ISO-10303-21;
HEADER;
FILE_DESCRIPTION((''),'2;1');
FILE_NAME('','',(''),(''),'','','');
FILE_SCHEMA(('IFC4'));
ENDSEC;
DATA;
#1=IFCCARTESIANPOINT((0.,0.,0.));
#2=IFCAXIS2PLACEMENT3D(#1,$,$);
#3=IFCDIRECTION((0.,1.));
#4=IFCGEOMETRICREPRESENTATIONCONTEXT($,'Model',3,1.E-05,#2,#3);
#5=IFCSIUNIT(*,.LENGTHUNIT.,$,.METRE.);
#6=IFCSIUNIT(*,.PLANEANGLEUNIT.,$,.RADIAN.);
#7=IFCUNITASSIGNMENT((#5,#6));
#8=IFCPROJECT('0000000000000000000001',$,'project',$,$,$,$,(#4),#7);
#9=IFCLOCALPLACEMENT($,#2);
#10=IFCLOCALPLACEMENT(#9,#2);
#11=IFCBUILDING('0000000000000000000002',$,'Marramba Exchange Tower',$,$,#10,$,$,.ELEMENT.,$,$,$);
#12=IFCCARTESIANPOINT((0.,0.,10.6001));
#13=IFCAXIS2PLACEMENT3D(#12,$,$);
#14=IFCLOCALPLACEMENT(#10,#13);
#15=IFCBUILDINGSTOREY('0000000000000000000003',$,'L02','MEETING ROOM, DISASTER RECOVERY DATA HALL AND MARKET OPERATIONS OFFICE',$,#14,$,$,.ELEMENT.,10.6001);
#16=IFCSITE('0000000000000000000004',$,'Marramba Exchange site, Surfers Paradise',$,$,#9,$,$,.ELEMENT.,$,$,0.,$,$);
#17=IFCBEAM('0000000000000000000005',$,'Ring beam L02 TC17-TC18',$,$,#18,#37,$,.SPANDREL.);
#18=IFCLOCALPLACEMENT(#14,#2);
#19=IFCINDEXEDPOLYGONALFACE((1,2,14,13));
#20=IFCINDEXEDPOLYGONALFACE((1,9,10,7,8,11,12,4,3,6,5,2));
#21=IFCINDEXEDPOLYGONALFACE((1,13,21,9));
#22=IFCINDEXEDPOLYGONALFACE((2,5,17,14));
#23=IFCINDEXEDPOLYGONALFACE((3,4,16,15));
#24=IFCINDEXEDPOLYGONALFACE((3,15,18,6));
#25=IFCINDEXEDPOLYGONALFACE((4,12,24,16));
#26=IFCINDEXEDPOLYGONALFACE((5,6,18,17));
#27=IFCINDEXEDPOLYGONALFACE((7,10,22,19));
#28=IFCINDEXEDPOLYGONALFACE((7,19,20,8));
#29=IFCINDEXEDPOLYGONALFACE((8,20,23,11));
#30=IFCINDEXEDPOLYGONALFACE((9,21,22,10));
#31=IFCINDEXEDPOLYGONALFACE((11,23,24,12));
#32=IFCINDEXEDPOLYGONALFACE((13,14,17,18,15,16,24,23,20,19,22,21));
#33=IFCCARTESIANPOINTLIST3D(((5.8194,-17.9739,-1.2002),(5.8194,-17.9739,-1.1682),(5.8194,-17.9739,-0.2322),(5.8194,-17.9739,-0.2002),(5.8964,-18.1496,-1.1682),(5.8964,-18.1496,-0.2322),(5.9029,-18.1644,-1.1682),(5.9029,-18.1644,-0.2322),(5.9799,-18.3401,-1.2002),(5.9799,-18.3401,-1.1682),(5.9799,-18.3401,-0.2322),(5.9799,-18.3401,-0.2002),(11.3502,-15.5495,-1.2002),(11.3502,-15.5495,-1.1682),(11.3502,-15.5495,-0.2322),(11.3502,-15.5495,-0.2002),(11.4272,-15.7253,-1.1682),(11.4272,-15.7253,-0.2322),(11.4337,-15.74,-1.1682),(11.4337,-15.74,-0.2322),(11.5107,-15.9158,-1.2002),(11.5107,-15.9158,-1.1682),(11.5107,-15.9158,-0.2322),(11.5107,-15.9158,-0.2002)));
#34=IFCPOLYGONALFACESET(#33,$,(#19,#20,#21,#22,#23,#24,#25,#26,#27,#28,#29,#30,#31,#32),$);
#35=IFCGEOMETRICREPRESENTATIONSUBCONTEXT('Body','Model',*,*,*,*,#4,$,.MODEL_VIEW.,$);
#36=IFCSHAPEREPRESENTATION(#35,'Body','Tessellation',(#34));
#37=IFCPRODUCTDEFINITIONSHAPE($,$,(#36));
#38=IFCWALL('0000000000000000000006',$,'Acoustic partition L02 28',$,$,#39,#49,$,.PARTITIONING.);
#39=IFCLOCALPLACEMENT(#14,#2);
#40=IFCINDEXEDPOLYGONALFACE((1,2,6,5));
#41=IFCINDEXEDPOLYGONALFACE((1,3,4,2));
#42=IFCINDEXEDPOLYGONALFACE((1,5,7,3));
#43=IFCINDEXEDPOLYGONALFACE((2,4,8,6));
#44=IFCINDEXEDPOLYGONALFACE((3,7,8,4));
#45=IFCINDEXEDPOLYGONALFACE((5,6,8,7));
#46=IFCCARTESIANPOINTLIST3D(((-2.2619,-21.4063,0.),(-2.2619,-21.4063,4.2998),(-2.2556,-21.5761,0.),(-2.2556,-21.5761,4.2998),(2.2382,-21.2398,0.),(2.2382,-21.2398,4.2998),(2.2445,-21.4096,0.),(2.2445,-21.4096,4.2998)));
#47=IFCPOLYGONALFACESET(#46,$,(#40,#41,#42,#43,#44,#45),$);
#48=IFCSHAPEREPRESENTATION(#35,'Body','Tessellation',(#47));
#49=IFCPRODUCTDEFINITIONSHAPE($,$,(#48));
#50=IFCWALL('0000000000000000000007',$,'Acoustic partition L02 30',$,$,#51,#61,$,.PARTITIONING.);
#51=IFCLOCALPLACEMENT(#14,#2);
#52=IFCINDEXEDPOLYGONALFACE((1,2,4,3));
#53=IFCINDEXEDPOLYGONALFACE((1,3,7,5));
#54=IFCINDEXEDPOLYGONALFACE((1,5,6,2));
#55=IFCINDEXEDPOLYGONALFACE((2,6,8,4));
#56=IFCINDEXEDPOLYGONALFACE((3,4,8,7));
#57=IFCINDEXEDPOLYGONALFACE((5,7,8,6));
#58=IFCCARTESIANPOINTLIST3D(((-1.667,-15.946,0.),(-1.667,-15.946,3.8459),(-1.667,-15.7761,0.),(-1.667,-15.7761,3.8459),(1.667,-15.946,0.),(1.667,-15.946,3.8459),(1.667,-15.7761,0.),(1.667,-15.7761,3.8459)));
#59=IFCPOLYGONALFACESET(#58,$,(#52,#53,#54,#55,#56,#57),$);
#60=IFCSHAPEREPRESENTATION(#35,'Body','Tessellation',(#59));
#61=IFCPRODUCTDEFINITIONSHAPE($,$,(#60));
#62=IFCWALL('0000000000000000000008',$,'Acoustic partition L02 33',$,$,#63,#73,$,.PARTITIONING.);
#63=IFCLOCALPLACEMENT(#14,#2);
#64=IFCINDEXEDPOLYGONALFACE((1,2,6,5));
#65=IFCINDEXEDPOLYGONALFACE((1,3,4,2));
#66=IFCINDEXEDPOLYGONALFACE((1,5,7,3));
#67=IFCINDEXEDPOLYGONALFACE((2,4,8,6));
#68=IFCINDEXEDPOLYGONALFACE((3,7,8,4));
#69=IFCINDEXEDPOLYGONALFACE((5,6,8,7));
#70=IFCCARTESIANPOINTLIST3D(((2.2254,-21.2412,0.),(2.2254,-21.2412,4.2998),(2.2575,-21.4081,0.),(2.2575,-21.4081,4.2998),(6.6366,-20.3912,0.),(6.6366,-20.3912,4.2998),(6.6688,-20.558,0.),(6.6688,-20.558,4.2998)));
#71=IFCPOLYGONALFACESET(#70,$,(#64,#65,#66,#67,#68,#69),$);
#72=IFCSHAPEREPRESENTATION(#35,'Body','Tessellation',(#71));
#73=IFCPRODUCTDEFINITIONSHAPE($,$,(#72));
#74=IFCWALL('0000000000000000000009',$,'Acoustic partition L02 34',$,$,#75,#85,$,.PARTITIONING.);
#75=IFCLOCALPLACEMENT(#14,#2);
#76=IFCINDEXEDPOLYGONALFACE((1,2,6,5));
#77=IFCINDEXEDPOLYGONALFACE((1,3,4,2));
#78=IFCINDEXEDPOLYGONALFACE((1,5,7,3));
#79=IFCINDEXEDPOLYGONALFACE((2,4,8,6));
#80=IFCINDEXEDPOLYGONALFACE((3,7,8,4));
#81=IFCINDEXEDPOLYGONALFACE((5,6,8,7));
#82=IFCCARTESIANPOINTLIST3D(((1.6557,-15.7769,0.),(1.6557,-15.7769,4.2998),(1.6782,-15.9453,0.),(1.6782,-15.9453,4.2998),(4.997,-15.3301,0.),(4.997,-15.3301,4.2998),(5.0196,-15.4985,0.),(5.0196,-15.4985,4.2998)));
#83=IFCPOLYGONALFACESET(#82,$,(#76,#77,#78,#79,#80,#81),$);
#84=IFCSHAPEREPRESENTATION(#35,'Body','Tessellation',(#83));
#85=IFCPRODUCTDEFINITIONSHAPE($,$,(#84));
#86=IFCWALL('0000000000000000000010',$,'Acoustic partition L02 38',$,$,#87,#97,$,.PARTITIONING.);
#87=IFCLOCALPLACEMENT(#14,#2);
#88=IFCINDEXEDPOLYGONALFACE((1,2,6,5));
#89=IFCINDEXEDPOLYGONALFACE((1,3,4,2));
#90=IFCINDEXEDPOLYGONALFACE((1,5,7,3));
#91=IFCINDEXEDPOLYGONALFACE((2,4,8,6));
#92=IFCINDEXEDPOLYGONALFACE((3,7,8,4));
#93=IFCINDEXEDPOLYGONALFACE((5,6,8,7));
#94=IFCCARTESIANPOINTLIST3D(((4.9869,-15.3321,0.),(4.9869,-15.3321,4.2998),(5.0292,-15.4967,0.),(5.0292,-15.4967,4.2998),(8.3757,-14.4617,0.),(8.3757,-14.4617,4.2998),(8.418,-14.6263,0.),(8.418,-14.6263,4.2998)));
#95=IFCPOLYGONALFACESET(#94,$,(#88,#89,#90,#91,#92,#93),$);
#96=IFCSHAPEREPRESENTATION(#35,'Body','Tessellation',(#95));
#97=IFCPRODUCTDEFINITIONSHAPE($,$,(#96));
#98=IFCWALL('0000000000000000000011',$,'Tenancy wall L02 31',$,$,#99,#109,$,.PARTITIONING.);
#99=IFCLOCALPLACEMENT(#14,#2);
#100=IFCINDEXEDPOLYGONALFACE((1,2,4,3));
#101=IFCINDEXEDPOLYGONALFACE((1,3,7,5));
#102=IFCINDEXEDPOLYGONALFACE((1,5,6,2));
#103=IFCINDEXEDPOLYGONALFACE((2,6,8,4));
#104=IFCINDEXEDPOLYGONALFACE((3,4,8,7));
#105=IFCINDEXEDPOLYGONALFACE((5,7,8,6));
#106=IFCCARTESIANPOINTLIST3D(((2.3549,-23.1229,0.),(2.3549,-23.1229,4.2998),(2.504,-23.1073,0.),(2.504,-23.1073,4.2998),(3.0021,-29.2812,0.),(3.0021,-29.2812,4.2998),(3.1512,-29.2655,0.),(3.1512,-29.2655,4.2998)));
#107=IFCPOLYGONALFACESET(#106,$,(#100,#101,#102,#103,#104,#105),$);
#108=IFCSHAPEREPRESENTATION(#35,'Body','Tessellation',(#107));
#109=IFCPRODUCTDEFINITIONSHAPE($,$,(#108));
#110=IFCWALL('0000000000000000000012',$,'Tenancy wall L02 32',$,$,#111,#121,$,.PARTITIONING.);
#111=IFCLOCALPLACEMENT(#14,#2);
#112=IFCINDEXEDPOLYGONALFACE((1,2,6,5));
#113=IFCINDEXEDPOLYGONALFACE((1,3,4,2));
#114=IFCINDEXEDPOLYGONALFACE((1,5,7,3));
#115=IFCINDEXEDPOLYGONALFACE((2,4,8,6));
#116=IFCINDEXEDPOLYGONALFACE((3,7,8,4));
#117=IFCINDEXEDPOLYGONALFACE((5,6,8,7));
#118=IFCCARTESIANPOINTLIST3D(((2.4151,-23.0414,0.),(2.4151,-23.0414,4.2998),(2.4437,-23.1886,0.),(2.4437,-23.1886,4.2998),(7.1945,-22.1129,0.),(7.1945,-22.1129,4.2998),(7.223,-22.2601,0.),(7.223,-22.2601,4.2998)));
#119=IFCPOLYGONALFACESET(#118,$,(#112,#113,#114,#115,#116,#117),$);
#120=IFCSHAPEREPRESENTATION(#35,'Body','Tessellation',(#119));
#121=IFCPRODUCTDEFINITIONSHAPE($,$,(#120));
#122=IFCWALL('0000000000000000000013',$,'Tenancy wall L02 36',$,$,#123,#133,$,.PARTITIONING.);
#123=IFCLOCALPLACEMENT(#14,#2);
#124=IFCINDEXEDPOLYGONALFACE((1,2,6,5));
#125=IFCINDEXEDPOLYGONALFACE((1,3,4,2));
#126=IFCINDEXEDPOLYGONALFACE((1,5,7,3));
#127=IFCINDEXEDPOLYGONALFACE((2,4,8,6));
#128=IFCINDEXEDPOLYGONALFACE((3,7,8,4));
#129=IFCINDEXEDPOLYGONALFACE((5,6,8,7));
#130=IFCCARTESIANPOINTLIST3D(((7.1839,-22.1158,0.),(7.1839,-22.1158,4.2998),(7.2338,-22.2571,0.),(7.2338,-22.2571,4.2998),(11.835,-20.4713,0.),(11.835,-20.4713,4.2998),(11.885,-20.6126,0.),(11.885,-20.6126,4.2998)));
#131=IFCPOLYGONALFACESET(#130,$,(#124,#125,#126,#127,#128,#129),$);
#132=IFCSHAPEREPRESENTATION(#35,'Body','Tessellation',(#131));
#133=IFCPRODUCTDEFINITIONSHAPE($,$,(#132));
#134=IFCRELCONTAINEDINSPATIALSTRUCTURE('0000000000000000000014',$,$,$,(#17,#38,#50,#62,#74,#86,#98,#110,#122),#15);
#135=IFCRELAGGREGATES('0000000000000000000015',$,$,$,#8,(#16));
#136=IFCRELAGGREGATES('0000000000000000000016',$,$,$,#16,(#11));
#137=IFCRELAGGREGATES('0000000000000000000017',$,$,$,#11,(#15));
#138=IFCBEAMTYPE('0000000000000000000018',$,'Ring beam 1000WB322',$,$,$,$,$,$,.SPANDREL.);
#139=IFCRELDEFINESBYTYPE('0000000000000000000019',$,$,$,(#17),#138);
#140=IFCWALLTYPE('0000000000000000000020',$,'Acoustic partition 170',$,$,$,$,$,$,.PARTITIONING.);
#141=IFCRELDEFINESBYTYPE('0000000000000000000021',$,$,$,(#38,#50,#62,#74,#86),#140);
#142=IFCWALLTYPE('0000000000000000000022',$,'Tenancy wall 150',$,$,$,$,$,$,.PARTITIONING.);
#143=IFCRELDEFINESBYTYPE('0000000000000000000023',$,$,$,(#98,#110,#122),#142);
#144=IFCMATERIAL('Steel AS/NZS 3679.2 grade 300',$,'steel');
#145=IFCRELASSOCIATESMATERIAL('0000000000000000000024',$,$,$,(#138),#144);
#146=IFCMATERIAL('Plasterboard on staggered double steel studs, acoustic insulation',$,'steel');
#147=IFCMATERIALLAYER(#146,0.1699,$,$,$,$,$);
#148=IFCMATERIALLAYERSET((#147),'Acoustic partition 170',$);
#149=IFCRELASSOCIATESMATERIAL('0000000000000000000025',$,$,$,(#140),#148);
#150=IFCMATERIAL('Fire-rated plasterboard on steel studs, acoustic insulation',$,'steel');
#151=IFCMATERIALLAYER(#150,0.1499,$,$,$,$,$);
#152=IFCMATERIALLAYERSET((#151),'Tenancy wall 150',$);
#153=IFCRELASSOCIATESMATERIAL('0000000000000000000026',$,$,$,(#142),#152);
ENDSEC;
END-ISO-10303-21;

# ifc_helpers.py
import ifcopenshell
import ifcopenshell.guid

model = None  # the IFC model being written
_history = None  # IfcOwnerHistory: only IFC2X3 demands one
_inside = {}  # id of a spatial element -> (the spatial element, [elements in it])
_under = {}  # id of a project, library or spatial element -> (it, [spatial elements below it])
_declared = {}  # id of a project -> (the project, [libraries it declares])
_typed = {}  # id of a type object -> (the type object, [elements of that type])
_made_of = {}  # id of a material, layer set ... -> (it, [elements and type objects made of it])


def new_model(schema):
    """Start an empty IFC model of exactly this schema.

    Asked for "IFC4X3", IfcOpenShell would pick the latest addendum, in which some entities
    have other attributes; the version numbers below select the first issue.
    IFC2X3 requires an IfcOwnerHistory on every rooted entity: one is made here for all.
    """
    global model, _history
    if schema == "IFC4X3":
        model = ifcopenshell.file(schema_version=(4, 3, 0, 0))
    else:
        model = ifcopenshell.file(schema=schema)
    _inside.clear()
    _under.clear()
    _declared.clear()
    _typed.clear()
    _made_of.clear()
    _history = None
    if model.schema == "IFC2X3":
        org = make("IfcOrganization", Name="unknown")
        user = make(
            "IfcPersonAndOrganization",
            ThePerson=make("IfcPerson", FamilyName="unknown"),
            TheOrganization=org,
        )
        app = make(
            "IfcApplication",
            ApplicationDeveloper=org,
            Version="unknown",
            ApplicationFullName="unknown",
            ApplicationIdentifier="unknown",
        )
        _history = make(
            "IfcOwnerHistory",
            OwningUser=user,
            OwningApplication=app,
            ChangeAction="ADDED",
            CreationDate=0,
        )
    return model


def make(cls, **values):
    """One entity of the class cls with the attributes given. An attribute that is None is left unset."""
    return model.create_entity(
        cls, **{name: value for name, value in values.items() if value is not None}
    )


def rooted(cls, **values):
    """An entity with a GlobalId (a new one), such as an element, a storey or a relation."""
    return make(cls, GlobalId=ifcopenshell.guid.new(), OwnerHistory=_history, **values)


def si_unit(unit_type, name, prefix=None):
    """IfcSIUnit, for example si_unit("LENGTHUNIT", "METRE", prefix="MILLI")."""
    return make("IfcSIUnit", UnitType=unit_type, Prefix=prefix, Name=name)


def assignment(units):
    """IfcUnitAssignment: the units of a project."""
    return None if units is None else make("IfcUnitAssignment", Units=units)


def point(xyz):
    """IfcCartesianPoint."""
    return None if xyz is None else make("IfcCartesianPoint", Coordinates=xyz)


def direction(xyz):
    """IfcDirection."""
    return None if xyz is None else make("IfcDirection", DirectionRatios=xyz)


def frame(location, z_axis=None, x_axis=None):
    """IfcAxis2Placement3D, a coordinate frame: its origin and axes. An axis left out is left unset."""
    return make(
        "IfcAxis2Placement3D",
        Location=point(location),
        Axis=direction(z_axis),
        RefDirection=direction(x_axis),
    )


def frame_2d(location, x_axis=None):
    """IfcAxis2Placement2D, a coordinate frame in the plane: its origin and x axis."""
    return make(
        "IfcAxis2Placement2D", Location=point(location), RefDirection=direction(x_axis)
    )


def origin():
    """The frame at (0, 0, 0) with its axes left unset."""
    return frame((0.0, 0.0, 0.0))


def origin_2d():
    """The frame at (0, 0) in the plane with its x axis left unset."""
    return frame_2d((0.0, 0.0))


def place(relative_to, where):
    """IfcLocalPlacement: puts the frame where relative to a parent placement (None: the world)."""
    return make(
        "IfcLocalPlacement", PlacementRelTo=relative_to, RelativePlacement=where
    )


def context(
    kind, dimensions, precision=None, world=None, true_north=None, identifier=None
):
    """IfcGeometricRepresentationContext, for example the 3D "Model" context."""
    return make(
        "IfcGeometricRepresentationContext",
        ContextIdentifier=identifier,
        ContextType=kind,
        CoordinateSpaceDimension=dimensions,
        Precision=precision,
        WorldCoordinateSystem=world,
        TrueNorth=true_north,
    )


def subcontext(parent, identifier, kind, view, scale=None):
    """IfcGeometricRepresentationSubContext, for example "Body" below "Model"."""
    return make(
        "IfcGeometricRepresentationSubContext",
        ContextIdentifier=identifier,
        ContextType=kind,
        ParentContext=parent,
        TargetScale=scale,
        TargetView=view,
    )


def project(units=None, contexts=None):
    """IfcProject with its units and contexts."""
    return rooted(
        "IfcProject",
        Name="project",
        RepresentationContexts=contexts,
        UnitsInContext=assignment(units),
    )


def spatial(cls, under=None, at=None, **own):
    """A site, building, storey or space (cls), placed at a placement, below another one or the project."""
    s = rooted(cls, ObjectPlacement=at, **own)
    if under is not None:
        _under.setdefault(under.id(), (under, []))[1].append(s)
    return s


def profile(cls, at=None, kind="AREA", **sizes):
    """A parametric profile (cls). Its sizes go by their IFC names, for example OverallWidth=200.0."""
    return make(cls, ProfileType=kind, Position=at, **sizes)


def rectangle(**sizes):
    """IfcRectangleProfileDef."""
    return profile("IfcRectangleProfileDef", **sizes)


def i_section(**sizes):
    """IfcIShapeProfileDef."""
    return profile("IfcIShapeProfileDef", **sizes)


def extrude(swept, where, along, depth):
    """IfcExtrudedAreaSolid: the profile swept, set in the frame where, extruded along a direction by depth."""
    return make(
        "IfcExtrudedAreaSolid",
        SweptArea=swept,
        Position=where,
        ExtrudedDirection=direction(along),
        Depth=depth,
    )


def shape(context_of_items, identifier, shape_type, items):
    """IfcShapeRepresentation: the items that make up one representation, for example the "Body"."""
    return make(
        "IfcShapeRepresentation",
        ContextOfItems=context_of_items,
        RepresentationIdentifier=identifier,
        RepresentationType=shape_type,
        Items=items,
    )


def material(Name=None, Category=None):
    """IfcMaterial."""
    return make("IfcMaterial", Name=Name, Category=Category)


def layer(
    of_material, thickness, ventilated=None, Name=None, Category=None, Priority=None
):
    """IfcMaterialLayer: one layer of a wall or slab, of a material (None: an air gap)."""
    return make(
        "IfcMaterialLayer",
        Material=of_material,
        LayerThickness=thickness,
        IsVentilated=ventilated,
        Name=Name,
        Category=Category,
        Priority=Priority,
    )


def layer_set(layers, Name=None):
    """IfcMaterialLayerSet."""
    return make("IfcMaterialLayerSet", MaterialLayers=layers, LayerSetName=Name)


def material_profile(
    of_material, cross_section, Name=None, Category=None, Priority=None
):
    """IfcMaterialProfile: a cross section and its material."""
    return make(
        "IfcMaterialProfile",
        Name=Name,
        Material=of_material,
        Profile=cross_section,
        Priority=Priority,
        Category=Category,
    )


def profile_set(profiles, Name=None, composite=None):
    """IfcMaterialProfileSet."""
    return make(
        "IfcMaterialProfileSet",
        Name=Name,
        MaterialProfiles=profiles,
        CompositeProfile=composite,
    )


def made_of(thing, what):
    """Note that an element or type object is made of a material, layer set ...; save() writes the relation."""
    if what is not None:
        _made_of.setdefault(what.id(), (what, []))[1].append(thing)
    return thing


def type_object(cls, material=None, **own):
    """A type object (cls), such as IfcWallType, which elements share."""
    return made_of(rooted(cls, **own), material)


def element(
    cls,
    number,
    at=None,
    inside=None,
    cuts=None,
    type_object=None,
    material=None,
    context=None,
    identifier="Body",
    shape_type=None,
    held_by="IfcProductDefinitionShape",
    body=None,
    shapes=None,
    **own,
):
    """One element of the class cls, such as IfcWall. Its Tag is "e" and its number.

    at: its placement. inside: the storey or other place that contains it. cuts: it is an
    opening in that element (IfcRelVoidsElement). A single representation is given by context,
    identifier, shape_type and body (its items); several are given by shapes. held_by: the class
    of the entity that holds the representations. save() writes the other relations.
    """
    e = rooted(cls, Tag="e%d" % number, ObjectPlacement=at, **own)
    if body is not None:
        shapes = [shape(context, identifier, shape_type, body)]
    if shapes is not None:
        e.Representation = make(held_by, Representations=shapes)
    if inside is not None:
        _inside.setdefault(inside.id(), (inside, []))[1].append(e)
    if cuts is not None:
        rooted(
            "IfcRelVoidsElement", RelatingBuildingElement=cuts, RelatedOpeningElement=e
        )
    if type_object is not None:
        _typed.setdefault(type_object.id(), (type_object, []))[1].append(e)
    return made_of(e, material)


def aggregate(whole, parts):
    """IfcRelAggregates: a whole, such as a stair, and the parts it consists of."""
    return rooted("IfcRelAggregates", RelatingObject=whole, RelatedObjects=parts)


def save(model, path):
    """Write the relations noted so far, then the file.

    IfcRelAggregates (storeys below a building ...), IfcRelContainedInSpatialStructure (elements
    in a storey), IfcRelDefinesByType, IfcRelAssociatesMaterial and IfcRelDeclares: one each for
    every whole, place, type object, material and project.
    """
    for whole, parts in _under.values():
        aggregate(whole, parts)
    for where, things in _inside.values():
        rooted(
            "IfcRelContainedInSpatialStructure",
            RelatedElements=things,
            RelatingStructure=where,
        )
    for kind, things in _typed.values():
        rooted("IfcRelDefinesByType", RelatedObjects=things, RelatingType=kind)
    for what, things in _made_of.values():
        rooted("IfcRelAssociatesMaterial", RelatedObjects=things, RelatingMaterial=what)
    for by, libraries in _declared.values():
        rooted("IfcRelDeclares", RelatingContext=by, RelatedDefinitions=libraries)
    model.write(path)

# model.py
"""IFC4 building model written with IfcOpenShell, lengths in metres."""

from ifc_helpers import new_model, si_unit, direction, frame, frame_2d, origin, origin_2d, place, context, subcontext, project, spatial, rectangle, i_section, extrude, material, layer, layer_set, material_profile, profile_set, type_object, element, save


model = new_model("IFC4")

# Units and contexts
model_context = context("Model", 3, precision=1e-05, world=origin(), true_north=direction((0.0, 1.0)))
body_context = subcontext(model_context, "Body", "Model", "MODEL_VIEW")
ifc_project = project(units=[si_unit("LENGTHUNIT", "METRE"), si_unit("PLANEANGLEUNIT", "RADIAN")], contexts=[model_context])

# Site, building, storey
site_placement = place(None, origin())
site = spatial("IfcSite", under=ifc_project, at=site_placement, Name="Marramba Exchange site, Surfers Paradise", CompositionType="ELEMENT", RefElevation=0.0)
building_placement = place(site_placement, origin())
building = spatial("IfcBuilding", under=site, at=building_placement, Name="Marramba Exchange Tower", CompositionType="ELEMENT")
storey_placement = place(building_placement, frame((0.0, 0.0, 10.6001)))
storey = spatial("IfcBuildingStorey", under=building, at=storey_placement, Name="L02", Description="MEETING ROOM, DISASTER RECOVERY DATA HALL AND MARKET OPERATIONS OFFICE", CompositionType="ELEMENT", Elevation=10.6001)

# Beam
ifc_material_1 = material(Name="Steel AS/NZS 3679.2 grade 300", Category="steel")
ifc_material_profile_1 = material_profile(ifc_material_1, i_section(OverallWidth=0.3999, OverallDepth=1.0, WebThickness=0.0161, FlangeThickness=0.032, at=origin_2d()), Name="1000WB322")
ifc_profile_set_1 = profile_set([ifc_material_profile_1], Name="Steel AS/NZS 3679.2 grade 300")
beam_type_1 = type_object("IfcBeamType", Name="Ring beam 1000WB322", PredefinedType="SPANDREL", material=ifc_profile_set_1)
beam_1_placement = place(storey_placement, frame((5.8997, -18.157, -0.7002), z_axis=(0.915877, 0.401459, 0.0), x_axis=(-0.401459, 0.915877, 0.0)))
element("IfcBeam", 1, at=beam_1_placement, inside=storey, type_object=beam_type_1, Name="Ring beam L02 TC17-TC18", PredefinedType="SPANDREL", context=body_context, shape_type="SweptSolid", body=[
    extrude(i_section(OverallWidth=0.3999, OverallDepth=1.0, WebThickness=0.0161, FlangeThickness=0.032, at=origin_2d()), origin(), (0.0, 0.0, 1.0), 6.0388),
])

# Walls
ifc_material_2 = material(Name="Plasterboard on staggered double steel studs, acoustic insulation", Category="steel")
ifc_layer_1 = layer(ifc_material_2, 0.1699)
ifc_layer_set_1 = layer_set([ifc_layer_1], Name="Acoustic partition 170")
wall_type_1 = type_object("IfcWallType", Name="Acoustic partition 170", PredefinedType="PARTITIONING", material=ifc_layer_set_1)
wall_1_placement = place(storey_placement, frame((2.2412, -21.3247, 0.0), z_axis=(0.0, 0.0, 1.0), x_axis=(-0.999316, -0.036976, 0.0)))
element("IfcWall", 2, at=wall_1_placement, inside=storey, type_object=wall_type_1, Name="Acoustic partition L02 28", PredefinedType="PARTITIONING", context=body_context, shape_type="SweptSolid", body=[
    extrude(rectangle(XDim=4.5032, YDim=0.1699, at=frame_2d((2.2515, 0.0))), origin(), (0.0, 0.0, 1.0), 4.2998),
])
wall_2_placement = place(storey_placement, frame((1.667, -15.8611, 0.0), z_axis=(0.0, 0.0, 1.0), x_axis=(-1.0, 0.0, 0.0)))
element("IfcWall", 3, at=wall_2_placement, inside=storey, type_object=wall_type_1, Name="Acoustic partition L02 30", PredefinedType="PARTITIONING", context=body_context, shape_type="SweptSolid", body=[
    extrude(rectangle(XDim=3.334, YDim=0.1699, at=frame_2d((1.667, 0.0))), origin(), (0.0, 0.0, 1.0), 3.8459),
])
wall_3_placement = place(storey_placement, frame((6.6526, -20.4746, 0.0), z_axis=(0.0, 0.0, 1.0), x_axis=(-0.981934, -0.189224, 0.0)))
element("IfcWall", 4, at=wall_3_placement, inside=storey, type_object=wall_type_1, Name="Acoustic partition L02 33", PredefinedType="PARTITIONING", context=body_context, shape_type="SweptSolid", body=[
    extrude(rectangle(XDim=4.4924, YDim=0.1699, at=frame_2d((2.2461, 0.0))), origin(), (0.0, 0.0, 1.0), 4.2998),
])
wall_4_placement = place(storey_placement, frame((5.0083, -15.4143, 0.0), z_axis=(0.0, 0.0, 1.0), x_axis=(-0.991178, -0.132534, 0.0)))
element("IfcWall", 5, at=wall_4_placement, inside=storey, type_object=wall_type_1, Name="Acoustic partition L02 34", PredefinedType="PARTITIONING", context=body_context, shape_type="SweptSolid", body=[
    extrude(rectangle(XDim=3.3711, YDim=0.1699, at=frame_2d((1.6855, 0.0))), origin(), (0.0, 0.0, 1.0), 4.2998),
])
wall_5_placement = place(storey_placement, frame((8.397, -14.5439, 0.0), z_axis=(0.0, 0.0, 1.0), x_axis=(-0.968563, -0.24877, 0.0)))
element("IfcWall", 6, at=wall_5_placement, inside=storey, type_object=wall_type_1, Name="Acoustic partition L02 38", PredefinedType="PARTITIONING", context=body_context, shape_type="SweptSolid", body=[
    extrude(rectangle(XDim=3.4988, YDim=0.1699, at=frame_2d((1.7495, 0.0))), origin(), (0.0, 0.0, 1.0), 4.2998),
])
ifc_material_3 = material(Name="Fire-rated plasterboard on steel studs, acoustic insulation", Category="steel")
ifc_layer_2 = layer(ifc_material_3, 0.1499)
ifc_layer_set_2 = layer_set([ifc_layer_2], Name="Tenancy wall 150")
wall_type_2 = type_object("IfcWallType", Name="Tenancy wall 150", PredefinedType="PARTITIONING", material=ifc_layer_set_2)
wall_6_placement = place(storey_placement, frame((2.4294, -23.115, 0.0), z_axis=(0.0, 0.0, 1.0), x_axis=(0.104523, -0.994523, 0.0)))
element("IfcWall", 7, at=wall_6_placement, inside=storey, type_object=wall_type_2, Name="Tenancy wall L02 31", PredefinedType="PARTITIONING", context=body_context, shape_type="SweptSolid", body=[
    extrude(rectangle(XDim=6.1921, YDim=0.1499, at=frame_2d((3.0962, 0.0))), origin(), (0.0, 0.0, 1.0), 4.2998),
])
wall_7_placement = place(storey_placement, frame((2.4294, -23.115, 0.0), z_axis=(0.0, 0.0, 1.0), x_axis=(0.981648, 0.190703, 0.0)))
element("IfcWall", 8, at=wall_7_placement, inside=storey, type_object=wall_type_2, Name="Tenancy wall L02 32", PredefinedType="PARTITIONING", context=body_context, shape_type="SweptSolid", body=[
    extrude(rectangle(XDim=4.8687, YDim=0.1499, at=frame_2d((2.4343, 0.0))), origin(), (0.0, 0.0, 1.0), 4.2998),
])
wall_8_placement = place(storey_placement, frame((7.2087, -22.1865, 0.0), z_axis=(0.0, 0.0, 1.0), x_axis=(0.942802, 0.333353, 0.0)))
element("IfcWall", 9, at=wall_8_placement, inside=storey, type_object=wall_type_2, Name="Tenancy wall L02 36", PredefinedType="PARTITIONING", context=body_context, shape_type="SweptSolid", body=[
    extrude(rectangle(XDim=4.9333, YDim=0.1499, at=frame_2d((2.4668, 0.0))), origin(), (0.0, 0.0, 1.0), 4.2998),
])

save(model, "model.ifc")
